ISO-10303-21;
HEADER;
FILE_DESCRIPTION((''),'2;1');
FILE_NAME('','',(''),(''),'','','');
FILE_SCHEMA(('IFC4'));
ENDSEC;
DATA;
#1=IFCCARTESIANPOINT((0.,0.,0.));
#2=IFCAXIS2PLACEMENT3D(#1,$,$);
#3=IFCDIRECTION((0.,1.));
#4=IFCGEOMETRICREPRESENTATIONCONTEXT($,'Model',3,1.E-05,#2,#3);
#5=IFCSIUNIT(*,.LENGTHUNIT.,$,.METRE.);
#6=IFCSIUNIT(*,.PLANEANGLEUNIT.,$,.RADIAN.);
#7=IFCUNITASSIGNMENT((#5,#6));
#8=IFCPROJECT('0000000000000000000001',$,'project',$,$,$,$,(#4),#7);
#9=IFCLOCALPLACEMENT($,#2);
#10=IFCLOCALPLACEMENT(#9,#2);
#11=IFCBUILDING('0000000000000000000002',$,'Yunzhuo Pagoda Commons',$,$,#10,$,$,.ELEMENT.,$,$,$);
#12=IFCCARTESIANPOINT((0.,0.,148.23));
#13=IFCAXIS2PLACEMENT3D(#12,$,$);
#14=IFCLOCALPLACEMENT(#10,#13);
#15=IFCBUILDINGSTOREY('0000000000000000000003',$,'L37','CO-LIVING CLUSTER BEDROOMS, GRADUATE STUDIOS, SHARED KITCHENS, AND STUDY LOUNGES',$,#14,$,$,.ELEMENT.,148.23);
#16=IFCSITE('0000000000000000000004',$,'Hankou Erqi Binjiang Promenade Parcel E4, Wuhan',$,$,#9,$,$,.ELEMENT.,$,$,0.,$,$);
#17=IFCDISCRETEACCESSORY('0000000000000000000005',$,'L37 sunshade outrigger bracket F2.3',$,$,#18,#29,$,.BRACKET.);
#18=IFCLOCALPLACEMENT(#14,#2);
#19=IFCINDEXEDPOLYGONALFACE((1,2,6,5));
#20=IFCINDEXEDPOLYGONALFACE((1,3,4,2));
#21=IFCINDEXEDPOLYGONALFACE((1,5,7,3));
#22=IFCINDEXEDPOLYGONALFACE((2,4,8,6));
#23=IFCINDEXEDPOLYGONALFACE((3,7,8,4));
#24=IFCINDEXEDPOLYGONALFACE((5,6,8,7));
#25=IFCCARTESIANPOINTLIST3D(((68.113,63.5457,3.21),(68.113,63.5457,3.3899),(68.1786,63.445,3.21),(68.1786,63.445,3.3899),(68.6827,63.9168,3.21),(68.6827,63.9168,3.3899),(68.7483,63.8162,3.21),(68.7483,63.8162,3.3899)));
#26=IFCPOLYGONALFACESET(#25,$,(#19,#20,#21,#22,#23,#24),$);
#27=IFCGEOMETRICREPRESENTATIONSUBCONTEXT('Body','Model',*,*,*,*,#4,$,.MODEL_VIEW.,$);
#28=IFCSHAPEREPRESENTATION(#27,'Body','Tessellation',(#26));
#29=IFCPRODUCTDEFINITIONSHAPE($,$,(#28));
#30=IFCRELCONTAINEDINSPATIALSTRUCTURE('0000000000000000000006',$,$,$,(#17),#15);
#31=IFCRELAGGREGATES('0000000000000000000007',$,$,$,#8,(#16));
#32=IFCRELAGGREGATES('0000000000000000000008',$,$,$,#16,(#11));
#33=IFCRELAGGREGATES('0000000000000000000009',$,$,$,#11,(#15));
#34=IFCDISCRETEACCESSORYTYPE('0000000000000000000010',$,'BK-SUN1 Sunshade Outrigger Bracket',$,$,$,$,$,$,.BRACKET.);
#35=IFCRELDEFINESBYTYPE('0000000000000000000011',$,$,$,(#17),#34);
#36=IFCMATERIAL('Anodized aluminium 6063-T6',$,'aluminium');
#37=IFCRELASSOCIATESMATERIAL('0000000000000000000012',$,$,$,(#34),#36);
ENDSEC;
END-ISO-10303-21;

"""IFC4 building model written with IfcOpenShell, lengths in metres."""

from ifc_helpers import new_model, si_unit, direction, frame, origin, origin_2d, place, context, subcontext, project, spatial, rectangle, extrude, source, transform, mapped, material, type_object, element, save


model = new_model("IFC4")

# Units and contexts
model_context = context("Model", 3, precision=1e-05, world=origin(), true_north=direction((0.0, 1.0)))
body_context = subcontext(model_context, "Body", "Model", "MODEL_VIEW")
ifc_project = project(units=[si_unit("LENGTHUNIT", "METRE"), si_unit("PLANEANGLEUNIT", "RADIAN")], contexts=[model_context])

# Site, building, storey
site_placement = place(None, origin())
site = spatial("IfcSite", under=ifc_project, at=site_placement, Name="Hankou Erqi Binjiang Promenade Parcel E4, Wuhan", CompositionType="ELEMENT", RefElevation=0.0)
building_placement = place(site_placement, origin())
building = spatial("IfcBuilding", under=site, at=building_placement, Name="Yunzhuo Pagoda Commons", CompositionType="ELEMENT")
storey_placement = place(building_placement, frame((0.0, 0.0, 148.23)))
storey = spatial("IfcBuildingStorey", under=building, at=storey_placement, Name="L37", Description="CO-LIVING CLUSTER BEDROOMS, GRADUATE STUDIOS, SHARED KITCHENS, AND STUDY LOUNGES", CompositionType="ELEMENT", Elevation=148.23)

# Shared definitions
ifc_material_1 = material(Name="Anodized aluminium 6063-T6", Category="aluminium")

# Discrete accessory
discrete_accessory_type = type_object("IfcDiscreteAccessoryType", Name="BK-SUN1 Sunshade Outrigger Bracket", PredefinedType="BRACKET", material=ifc_material_1)
shared_shape_1 = source(origin(), body_context, "Body", "SweptSolid", [
    extrude(rectangle(XDim=0.1201, YDim=0.6799, at=origin_2d()), origin(), (0.0, 0.0, 1.0), 0.1799),
])
discrete_accessory_placement = place(storey_placement, frame((68.4307, 63.6809, 3.21), z_axis=(0.0, 0.0, 1.0), x_axis=(-0.545853, 0.837881, 0.0)))
element("IfcDiscreteAccessory", 1, at=discrete_accessory_placement, inside=storey, type_object=discrete_accessory_type, Name="L37 sunshade outrigger bracket F2.3", PredefinedType="BRACKET", context=body_context, shape_type="MappedRepresentation", body=[
    mapped(shared_shape_1, transform((0.0, 0.0, 0.0), scale=1.0)),
])

save(model, "model.ifc")
